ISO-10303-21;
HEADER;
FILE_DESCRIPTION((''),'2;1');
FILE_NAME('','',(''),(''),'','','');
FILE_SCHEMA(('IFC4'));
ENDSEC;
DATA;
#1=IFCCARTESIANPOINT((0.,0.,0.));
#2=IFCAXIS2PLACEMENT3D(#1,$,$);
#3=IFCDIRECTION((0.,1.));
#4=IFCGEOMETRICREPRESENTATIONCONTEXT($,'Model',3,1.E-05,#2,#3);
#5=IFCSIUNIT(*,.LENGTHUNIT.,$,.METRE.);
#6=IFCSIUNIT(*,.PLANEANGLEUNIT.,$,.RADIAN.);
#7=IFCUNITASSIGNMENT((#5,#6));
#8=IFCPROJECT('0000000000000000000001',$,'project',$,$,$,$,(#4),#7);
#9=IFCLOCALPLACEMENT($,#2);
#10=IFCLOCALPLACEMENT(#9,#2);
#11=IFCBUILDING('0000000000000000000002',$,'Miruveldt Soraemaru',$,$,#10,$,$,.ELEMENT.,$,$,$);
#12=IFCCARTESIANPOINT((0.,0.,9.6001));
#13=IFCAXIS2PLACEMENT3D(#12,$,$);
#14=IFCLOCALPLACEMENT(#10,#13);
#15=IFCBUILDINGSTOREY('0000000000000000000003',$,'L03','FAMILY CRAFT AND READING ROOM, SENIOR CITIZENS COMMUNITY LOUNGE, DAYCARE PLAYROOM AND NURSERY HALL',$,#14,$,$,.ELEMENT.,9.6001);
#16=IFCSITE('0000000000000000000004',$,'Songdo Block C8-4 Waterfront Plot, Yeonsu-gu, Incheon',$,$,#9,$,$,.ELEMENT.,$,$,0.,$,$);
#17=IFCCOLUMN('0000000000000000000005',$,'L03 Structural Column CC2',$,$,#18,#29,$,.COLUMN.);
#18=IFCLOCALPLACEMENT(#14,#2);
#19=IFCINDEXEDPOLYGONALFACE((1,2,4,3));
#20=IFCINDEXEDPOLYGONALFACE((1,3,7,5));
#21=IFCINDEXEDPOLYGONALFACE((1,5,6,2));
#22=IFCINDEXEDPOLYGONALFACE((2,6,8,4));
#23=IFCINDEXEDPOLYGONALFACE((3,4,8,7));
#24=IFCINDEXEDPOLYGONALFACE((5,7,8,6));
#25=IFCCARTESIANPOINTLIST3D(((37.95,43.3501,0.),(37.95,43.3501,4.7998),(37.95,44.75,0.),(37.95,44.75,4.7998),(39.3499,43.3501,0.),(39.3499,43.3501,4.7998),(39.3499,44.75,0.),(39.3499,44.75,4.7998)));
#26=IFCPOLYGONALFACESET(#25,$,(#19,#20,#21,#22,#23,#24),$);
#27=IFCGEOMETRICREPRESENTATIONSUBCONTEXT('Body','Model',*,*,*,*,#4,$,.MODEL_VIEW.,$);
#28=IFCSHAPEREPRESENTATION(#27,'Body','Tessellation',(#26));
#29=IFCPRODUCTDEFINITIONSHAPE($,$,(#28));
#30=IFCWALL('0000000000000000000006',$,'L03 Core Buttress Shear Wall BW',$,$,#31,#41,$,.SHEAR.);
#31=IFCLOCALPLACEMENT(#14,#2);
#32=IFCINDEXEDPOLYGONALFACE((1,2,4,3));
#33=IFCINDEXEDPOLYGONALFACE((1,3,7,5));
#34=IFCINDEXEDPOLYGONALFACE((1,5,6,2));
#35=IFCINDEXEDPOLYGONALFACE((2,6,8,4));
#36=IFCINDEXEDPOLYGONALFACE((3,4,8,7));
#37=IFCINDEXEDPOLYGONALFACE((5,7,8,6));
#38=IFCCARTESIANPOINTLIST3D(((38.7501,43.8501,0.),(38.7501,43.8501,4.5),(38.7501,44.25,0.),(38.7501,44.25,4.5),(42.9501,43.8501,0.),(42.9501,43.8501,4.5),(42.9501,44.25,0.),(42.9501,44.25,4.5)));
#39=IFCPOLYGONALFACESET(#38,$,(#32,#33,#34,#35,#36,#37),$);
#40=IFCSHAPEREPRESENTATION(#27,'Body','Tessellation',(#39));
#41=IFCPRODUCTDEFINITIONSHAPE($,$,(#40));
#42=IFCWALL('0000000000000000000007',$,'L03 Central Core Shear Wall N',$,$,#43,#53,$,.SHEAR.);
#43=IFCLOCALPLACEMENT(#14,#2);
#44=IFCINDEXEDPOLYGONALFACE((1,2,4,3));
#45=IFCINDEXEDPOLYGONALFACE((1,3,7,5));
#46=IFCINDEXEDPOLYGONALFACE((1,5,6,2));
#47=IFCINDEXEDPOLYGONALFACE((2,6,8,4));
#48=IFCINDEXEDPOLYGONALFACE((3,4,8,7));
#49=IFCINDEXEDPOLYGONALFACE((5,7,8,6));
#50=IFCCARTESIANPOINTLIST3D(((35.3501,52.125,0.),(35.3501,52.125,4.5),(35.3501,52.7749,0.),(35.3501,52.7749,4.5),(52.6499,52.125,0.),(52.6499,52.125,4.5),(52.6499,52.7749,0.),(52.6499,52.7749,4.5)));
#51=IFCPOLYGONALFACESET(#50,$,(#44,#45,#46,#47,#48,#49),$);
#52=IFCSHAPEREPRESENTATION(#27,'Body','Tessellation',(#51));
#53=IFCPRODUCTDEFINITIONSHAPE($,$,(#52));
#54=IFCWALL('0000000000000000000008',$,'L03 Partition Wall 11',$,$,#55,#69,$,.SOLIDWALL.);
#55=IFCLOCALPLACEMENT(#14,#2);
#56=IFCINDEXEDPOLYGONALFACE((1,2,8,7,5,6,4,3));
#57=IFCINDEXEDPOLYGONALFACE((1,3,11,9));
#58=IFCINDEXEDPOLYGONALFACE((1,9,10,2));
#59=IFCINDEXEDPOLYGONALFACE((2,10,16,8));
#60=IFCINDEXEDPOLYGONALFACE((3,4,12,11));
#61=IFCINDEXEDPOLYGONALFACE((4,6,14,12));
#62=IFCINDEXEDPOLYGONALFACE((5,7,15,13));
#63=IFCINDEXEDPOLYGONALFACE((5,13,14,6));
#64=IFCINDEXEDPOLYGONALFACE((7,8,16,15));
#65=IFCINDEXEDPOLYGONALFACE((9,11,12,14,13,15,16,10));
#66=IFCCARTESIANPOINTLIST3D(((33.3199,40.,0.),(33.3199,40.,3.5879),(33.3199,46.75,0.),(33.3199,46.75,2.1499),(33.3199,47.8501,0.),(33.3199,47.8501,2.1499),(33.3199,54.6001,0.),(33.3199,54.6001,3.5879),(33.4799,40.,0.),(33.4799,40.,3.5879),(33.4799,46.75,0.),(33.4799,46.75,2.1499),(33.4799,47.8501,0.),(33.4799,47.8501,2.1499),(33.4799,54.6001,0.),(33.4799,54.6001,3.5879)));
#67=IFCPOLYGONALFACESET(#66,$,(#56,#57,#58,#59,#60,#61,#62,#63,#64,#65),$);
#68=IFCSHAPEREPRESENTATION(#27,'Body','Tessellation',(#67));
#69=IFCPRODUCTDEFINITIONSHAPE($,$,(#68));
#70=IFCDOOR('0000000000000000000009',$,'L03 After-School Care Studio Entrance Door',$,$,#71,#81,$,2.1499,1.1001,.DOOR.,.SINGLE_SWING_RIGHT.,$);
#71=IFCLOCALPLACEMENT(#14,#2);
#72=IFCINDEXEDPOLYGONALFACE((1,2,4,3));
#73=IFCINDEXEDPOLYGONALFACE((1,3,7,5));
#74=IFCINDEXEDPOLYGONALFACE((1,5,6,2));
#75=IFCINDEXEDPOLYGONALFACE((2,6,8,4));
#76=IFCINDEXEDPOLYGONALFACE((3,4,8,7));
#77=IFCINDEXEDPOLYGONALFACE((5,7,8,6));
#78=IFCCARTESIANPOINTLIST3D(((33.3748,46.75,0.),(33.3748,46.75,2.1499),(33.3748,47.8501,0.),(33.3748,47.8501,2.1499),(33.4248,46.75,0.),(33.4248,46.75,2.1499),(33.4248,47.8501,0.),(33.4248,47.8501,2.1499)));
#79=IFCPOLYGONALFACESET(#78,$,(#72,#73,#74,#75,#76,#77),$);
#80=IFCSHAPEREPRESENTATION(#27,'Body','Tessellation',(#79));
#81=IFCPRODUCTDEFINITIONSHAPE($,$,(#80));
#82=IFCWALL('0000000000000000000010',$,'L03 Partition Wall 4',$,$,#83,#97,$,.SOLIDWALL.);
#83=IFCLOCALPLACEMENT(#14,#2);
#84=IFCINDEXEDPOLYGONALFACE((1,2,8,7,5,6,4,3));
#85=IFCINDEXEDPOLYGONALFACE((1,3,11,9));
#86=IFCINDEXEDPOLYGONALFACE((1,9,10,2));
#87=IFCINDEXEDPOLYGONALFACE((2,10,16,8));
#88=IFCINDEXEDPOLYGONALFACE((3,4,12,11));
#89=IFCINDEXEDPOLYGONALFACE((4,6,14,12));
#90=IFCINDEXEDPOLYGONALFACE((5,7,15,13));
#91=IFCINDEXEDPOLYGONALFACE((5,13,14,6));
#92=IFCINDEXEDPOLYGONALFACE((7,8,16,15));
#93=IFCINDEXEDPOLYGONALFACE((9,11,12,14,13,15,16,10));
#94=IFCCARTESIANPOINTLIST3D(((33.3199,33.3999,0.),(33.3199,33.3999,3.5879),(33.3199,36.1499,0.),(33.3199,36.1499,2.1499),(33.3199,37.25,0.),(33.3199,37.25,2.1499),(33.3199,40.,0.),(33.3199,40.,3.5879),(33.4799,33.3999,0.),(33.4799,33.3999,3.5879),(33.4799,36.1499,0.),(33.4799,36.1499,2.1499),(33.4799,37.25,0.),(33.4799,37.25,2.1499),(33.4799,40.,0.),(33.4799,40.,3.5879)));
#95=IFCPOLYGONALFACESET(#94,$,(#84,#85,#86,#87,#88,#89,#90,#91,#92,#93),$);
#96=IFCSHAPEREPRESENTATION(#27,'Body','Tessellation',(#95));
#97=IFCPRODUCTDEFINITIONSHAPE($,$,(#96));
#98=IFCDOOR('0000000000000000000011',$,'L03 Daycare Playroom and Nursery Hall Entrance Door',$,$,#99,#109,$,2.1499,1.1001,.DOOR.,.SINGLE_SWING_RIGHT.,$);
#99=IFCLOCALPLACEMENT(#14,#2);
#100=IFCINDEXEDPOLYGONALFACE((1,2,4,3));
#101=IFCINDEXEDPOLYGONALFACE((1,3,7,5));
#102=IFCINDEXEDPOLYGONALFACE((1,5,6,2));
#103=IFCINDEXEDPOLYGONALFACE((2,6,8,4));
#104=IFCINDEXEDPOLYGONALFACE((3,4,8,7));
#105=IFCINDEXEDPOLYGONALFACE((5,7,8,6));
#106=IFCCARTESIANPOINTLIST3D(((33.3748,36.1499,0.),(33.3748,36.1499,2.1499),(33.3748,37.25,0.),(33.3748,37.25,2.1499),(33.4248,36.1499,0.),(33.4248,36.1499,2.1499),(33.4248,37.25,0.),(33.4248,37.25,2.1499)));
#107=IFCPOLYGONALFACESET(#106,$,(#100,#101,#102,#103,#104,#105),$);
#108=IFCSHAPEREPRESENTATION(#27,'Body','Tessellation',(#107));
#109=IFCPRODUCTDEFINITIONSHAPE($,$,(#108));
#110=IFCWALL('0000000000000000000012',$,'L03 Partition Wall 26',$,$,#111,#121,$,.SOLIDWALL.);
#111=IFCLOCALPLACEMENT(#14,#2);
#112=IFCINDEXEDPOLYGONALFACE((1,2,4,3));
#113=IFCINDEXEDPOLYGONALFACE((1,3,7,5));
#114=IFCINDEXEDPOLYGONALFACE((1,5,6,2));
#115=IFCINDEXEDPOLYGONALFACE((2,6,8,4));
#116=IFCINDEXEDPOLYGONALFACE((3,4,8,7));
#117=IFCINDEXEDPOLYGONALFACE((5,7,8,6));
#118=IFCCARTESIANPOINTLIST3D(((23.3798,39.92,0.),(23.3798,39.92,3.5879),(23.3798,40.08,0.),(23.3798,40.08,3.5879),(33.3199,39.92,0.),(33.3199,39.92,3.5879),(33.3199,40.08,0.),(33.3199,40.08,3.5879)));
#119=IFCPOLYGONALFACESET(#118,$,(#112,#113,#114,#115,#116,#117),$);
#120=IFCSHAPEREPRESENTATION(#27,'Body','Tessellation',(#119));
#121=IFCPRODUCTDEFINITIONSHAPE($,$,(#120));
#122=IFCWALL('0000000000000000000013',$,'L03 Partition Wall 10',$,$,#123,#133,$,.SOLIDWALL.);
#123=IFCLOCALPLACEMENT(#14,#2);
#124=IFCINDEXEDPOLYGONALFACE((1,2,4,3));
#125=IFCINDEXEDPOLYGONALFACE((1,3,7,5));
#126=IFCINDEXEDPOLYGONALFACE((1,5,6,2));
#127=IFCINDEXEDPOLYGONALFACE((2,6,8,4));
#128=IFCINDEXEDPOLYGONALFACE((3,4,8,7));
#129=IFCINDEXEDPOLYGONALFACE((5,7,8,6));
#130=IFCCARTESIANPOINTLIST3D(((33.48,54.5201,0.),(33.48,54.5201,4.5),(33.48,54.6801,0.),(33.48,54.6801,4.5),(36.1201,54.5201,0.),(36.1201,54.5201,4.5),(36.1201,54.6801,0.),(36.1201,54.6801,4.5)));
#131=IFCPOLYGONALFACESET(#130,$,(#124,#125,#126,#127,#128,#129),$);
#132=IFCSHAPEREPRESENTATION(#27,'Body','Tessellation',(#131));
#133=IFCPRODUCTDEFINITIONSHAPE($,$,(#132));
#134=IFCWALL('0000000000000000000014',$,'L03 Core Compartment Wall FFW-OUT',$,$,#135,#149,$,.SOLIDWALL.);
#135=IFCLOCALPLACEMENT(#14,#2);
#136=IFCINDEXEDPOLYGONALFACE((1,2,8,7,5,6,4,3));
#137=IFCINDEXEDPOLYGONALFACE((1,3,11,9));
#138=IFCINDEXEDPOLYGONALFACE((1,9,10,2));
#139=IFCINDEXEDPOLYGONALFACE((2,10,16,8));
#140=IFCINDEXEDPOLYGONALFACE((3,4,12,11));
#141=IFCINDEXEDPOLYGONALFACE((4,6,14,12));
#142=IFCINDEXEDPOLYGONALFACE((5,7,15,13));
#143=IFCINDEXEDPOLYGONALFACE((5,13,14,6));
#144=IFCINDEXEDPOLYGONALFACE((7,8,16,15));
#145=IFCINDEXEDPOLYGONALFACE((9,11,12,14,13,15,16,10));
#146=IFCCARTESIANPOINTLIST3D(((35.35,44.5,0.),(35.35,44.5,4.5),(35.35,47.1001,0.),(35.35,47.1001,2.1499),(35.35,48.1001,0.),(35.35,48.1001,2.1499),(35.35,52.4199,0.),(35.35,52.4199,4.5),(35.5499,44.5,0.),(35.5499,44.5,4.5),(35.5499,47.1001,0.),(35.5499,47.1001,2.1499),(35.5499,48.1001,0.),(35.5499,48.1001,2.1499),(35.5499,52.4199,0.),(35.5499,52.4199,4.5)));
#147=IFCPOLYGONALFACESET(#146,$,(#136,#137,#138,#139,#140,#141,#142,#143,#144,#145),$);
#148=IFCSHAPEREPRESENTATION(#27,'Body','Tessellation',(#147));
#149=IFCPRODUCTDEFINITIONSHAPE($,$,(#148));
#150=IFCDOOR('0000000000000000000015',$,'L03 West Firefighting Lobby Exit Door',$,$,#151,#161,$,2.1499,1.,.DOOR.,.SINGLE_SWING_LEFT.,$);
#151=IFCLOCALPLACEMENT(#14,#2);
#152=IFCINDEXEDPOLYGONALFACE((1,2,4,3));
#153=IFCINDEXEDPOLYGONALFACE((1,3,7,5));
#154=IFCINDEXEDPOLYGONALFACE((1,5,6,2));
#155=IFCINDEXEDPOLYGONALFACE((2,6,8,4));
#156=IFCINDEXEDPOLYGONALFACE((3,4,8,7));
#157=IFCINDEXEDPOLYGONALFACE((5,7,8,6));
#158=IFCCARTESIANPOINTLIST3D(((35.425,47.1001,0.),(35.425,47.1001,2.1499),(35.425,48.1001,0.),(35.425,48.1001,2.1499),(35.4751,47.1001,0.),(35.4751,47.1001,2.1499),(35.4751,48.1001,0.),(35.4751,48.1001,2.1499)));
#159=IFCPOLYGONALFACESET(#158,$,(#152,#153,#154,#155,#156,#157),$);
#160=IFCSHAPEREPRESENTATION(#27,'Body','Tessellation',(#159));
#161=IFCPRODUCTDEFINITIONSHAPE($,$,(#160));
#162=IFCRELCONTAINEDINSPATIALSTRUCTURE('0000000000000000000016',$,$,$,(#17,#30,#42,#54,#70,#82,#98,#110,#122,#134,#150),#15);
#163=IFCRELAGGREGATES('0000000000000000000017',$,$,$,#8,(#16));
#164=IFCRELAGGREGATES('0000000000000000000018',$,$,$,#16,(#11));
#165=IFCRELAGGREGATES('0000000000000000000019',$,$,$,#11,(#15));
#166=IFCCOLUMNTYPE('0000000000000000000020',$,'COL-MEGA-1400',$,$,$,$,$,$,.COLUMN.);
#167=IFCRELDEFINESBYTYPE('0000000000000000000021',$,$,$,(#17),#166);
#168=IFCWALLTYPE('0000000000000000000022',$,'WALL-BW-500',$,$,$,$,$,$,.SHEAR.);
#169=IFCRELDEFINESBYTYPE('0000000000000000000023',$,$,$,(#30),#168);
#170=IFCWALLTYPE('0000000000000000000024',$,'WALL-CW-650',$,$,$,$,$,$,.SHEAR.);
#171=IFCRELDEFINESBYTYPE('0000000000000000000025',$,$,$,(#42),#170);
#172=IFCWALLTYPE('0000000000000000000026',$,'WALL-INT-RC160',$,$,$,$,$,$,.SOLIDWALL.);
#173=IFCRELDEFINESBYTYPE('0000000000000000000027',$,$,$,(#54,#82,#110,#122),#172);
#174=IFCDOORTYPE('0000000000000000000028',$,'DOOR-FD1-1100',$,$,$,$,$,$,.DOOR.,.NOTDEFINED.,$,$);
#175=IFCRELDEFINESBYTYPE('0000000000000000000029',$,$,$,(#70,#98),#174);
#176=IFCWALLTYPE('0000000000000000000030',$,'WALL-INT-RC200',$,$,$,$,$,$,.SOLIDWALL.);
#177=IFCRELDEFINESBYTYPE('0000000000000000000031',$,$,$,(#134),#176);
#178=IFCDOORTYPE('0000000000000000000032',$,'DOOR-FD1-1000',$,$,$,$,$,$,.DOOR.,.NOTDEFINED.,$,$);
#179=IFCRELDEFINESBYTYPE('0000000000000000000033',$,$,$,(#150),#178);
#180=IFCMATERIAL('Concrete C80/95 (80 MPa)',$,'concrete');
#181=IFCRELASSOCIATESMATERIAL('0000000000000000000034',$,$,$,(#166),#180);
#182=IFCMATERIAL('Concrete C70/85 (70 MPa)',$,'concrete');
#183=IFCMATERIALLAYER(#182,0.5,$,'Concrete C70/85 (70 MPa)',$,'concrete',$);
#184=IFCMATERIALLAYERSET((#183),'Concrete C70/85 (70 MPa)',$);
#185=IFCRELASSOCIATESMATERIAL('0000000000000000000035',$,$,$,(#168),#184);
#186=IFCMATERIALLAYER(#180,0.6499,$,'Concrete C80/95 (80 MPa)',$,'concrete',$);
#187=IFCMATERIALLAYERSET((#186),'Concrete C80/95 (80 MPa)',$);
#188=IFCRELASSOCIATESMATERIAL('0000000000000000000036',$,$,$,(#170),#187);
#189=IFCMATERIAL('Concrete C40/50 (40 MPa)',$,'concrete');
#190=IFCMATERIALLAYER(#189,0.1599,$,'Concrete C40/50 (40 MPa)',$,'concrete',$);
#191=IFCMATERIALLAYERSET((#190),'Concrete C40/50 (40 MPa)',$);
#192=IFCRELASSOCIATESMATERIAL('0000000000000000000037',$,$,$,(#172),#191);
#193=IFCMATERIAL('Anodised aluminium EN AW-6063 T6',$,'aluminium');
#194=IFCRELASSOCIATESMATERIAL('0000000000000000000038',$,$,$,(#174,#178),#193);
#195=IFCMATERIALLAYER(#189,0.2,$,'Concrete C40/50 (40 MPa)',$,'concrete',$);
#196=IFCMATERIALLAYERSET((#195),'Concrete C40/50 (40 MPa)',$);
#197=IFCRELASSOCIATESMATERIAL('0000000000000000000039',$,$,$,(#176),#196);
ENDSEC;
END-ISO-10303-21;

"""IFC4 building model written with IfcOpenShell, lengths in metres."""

from ifc_helpers import new_model, si_unit, direction, frame, frame_2d, origin, origin_2d, place, context, subcontext, project, spatial, rectangle, extrude, material, layer, layer_set, material_profile, profile_set, type_object, element, fill, save


model = new_model("IFC4")

# Units and contexts
model_context = context("Model", 3, precision=1e-05, world=origin(), true_north=direction((0.0, 1.0)))
body_context = subcontext(model_context, "Body", "Model", "MODEL_VIEW")
ifc_project = project(units=[si_unit("LENGTHUNIT", "METRE"), si_unit("PLANEANGLEUNIT", "RADIAN")], contexts=[model_context])

# Site, building, storey
site_placement = place(None, origin())
site = spatial("IfcSite", under=ifc_project, at=site_placement, Name="Songdo Block C8-4 Waterfront Plot, Yeonsu-gu, Incheon", CompositionType="ELEMENT", RefElevation=0.0)
building_placement = place(site_placement, origin())
building = spatial("IfcBuilding", under=site, at=building_placement, Name="Miruveldt Soraemaru", CompositionType="ELEMENT")
storey_placement = place(building_placement, frame((0.0, 0.0, 9.6001)))
storey = spatial("IfcBuildingStorey", under=building, at=storey_placement, Name="L03", Description="FAMILY CRAFT AND READING ROOM, SENIOR CITIZENS COMMUNITY LOUNGE, DAYCARE PLAYROOM AND NURSERY HALL", CompositionType="ELEMENT", Elevation=9.6001)

# Column
ifc_material_1 = material(Name="Concrete C80/95 (80 MPa)", Category="concrete")
ifc_material_profile = material_profile(ifc_material_1, rectangle(XDim=1.3999, YDim=1.3999, at=origin_2d()), Name="Concrete C80/95 (80 MPa)", Category="concrete")
ifc_profile_set = profile_set([ifc_material_profile], Name="Concrete C80/95 (80 MPa)")
column_type = type_object("IfcColumnType", Name="COL-MEGA-1400", PredefinedType="COLUMN", material=ifc_profile_set)
column_placement = place(storey_placement, frame((38.6499, 44.05, 0.0), z_axis=(0.0, 0.0, 1.0), x_axis=(1.0, 0.0, 0.0)))
element("IfcColumn", 1, at=column_placement, inside=storey, type_object=column_type, Name="L03 Structural Column CC2", PredefinedType="COLUMN", context=body_context, shape_type="SweptSolid", body=[
    extrude(rectangle(XDim=1.3999, YDim=1.3999, at=origin_2d()), origin(), (0.0, 0.0, 1.0), 4.7998),
])

# Walls
ifc_material_2 = material(Name="Concrete C70/85 (70 MPa)", Category="concrete")
ifc_layer_1 = layer(ifc_material_2, 0.5, Name="Concrete C70/85 (70 MPa)", Category="concrete")
ifc_layer_set_1 = layer_set([ifc_layer_1], Name="Concrete C70/85 (70 MPa)")
wall_type_1 = type_object("IfcWallType", Name="WALL-BW-500", PredefinedType="SHEAR", material=ifc_layer_set_1)
wall_1_placement = place(storey_placement, frame((38.75, 44.05, 0.0), z_axis=(0.0, 0.0, 1.0), x_axis=(1.0, 0.0, 0.0)))
element("IfcWall", 2, at=wall_1_placement, inside=storey, type_object=wall_type_1, Name="L03 Core Buttress Shear Wall BW", PredefinedType="SHEAR", context=body_context, shape_type="SweptSolid", body=[
    extrude(rectangle(XDim=4.2, YDim=0.3999, at=frame_2d((2.1001, 0.0))), origin(), (0.0, 0.0, 1.0), 4.5),
])
ifc_layer_2 = layer(ifc_material_1, 0.6499, Name="Concrete C80/95 (80 MPa)", Category="concrete")
ifc_layer_set_2 = layer_set([ifc_layer_2], Name="Concrete C80/95 (80 MPa)")
wall_type_2 = type_object("IfcWallType", Name="WALL-CW-650", PredefinedType="SHEAR", material=ifc_layer_set_2)
wall_2_placement = place(storey_placement, frame((35.3501, 52.45, 0.0), z_axis=(0.0, 0.0, 1.0), x_axis=(1.0, 0.0, 0.0)))
element("IfcWall", 3, at=wall_2_placement, inside=storey, type_object=wall_type_2, Name="L03 Central Core Shear Wall N", PredefinedType="SHEAR", context=body_context, shape_type="SweptSolid", body=[
    extrude(rectangle(XDim=17.2998, YDim=0.6499, at=frame_2d((8.6499, 0.0))), origin(), (0.0, 0.0, 1.0), 4.5),
])

# Walls, openings, doors
ifc_material_3 = material(Name="Concrete C40/50 (40 MPa)", Category="concrete")
ifc_layer_3 = layer(ifc_material_3, 0.1599, Name="Concrete C40/50 (40 MPa)", Category="concrete")
ifc_layer_set_3 = layer_set([ifc_layer_3], Name="Concrete C40/50 (40 MPa)")
wall_type_3 = type_object("IfcWallType", Name="WALL-INT-RC160", PredefinedType="SOLIDWALL", material=ifc_layer_set_3)
wall_3_placement = place(storey_placement, frame((33.3999, 54.6001, 0.0), z_axis=(0.0, 0.0, 1.0), x_axis=(0.0, -1.0, 0.0)))
wall_3 = element("IfcWall", 4, at=wall_3_placement, inside=storey, type_object=wall_type_3, Name="L03 Partition Wall 11", PredefinedType="SOLIDWALL", context=body_context, shape_type="SweptSolid", body=[
    extrude(rectangle(XDim=14.6001, YDim=0.1599, at=frame_2d((7.3, 0.0))), origin(), (0.0, 0.0, 1.0), 3.5879),
])
opening_1_placement = place(wall_3_placement, frame((6.75, 0.0, 0.0)))
opening_1 = element("IfcOpeningElement", 5, at=opening_1_placement, cuts=wall_3, PredefinedType="OPENING", context=body_context, shape_type="SweptSolid", body=[
    extrude(rectangle(XDim=1.1001, YDim=2.1499, at=frame_2d((0.55, 1.075))), frame((0.0, 0.0898, 0.0), z_axis=(0.0, -1.0, 0.0), x_axis=(1.0, 0.0, 0.0)), (0.0, 0.0, 1.0), 0.1799),
])
ifc_material_4 = material(Name="Anodised aluminium EN AW-6063 T6", Category="aluminium")
door_type_1 = type_object("IfcDoorType", Name="DOOR-FD1-1100", OperationType="NOTDEFINED", PredefinedType="DOOR", material=ifc_material_4)
door_1_placement = place(opening_1_placement, origin())
door_1 = element("IfcDoor", 6, at=door_1_placement, inside=storey, type_object=door_type_1, Name="L03 After-School Care Studio Entrance Door", OperationType="SINGLE_SWING_RIGHT", OverallHeight=2.1499, OverallWidth=1.1001, PredefinedType="DOOR", context=body_context, shape_type="SweptSolid", body=[
    extrude(rectangle(XDim=1.1001, YDim=2.1499, at=frame_2d((0.55, 1.075))), frame((0.0, 0.0249, 0.0), z_axis=(0.0, -1.0, 0.0), x_axis=(1.0, 0.0, 0.0)), (0.0, 0.0, 1.0), 0.05),
])
fill(opening_1, door_1)
wall_4_placement = place(storey_placement, frame((33.3999, 40.0, 0.0), z_axis=(0.0, 0.0, 1.0), x_axis=(0.0, -1.0, 0.0)))
wall_4 = element("IfcWall", 7, at=wall_4_placement, inside=storey, type_object=wall_type_3, Name="L03 Partition Wall 4", PredefinedType="SOLIDWALL", context=body_context, shape_type="SweptSolid", body=[
    extrude(rectangle(XDim=6.6001, YDim=0.1599, at=frame_2d((3.3, 0.0))), origin(), (0.0, 0.0, 1.0), 3.5879),
])
opening_2_placement = place(wall_4_placement, frame((2.75, 0.0, 0.0)))
opening_2 = element("IfcOpeningElement", 8, at=opening_2_placement, cuts=wall_4, PredefinedType="OPENING", context=body_context, shape_type="SweptSolid", body=[
    extrude(rectangle(XDim=1.1001, YDim=2.1499, at=frame_2d((0.55, 1.075))), frame((0.0, 0.0898, 0.0), z_axis=(0.0, -1.0, 0.0), x_axis=(1.0, 0.0, 0.0)), (0.0, 0.0, 1.0), 0.1799),
])
door_2_placement = place(opening_2_placement, origin())
door_2 = element("IfcDoor", 9, at=door_2_placement, inside=storey, type_object=door_type_1, Name="L03 Daycare Playroom and Nursery Hall Entrance Door", OperationType="SINGLE_SWING_RIGHT", OverallHeight=2.1499, OverallWidth=1.1001, PredefinedType="DOOR", context=body_context, shape_type="SweptSolid", body=[
    extrude(rectangle(XDim=1.1001, YDim=2.1499, at=frame_2d((0.55, 1.075))), frame((0.0, 0.0249, 0.0), z_axis=(0.0, -1.0, 0.0), x_axis=(1.0, 0.0, 0.0)), (0.0, 0.0, 1.0), 0.05),
])
fill(opening_2, door_2)

# Walls
wall_5_placement = place(storey_placement, frame((33.3201, 40.0, 0.0), z_axis=(0.0, 0.0, 1.0), x_axis=(-1.0, 0.0, 0.0)))
element("IfcWall", 10, at=wall_5_placement, inside=storey, type_object=wall_type_3, Name="L03 Partition Wall 26", PredefinedType="SOLIDWALL", context=body_context, shape_type="SweptSolid", body=[
    extrude(rectangle(XDim=9.9402, YDim=0.1599, at=frame_2d((4.9702, 0.0))), origin(), (0.0, 0.0, 1.0), 3.5879),
])
wall_6_placement = place(storey_placement, frame((36.1201, 54.6001, 0.0), z_axis=(0.0, 0.0, 1.0), x_axis=(-1.0, 0.0, 0.0)))
element("IfcWall", 11, at=wall_6_placement, inside=storey, type_object=wall_type_3, Name="L03 Partition Wall 10", PredefinedType="SOLIDWALL", context=body_context, shape_type="SweptSolid", body=[
    extrude(rectangle(XDim=2.6401, YDim=0.1599, at=frame_2d((1.3201, 0.0))), origin(), (0.0, 0.0, 1.0), 4.5),
])

# Wall, opening, door
ifc_layer_4 = layer(ifc_material_3, 0.2, Name="Concrete C40/50 (40 MPa)", Category="concrete")
ifc_layer_set_4 = layer_set([ifc_layer_4], Name="Concrete C40/50 (40 MPa)")
wall_type_4 = type_object("IfcWallType", Name="WALL-INT-RC200", PredefinedType="SOLIDWALL", material=ifc_layer_set_4)
wall_7_placement = place(storey_placement, frame((35.45, 44.5, 0.0), z_axis=(0.0, 0.0, 1.0), x_axis=(0.0, 1.0, 0.0)))
wall_7 = element("IfcWall", 12, at=wall_7_placement, inside=storey, type_object=wall_type_4, Name="L03 Core Compartment Wall FFW-OUT", PredefinedType="SOLIDWALL", context=body_context, shape_type="SweptSolid", body=[
    extrude(rectangle(XDim=7.9199, YDim=0.2, at=frame_2d((3.96, 0.0))), origin(), (0.0, 0.0, 1.0), 4.5),
])
opening_3_placement = place(wall_7_placement, frame((2.6001, 0.0, 0.0)))
opening_3 = element("IfcOpeningElement", 13, at=opening_3_placement, cuts=wall_7, PredefinedType="OPENING", context=body_context, shape_type="SweptSolid", body=[
    extrude(rectangle(XDim=1.0, YDim=2.1499, at=frame_2d((0.5, 1.075))), frame((0.0, 0.1099, 0.0), z_axis=(0.0, -1.0, 0.0), x_axis=(1.0, 0.0, 0.0)), (0.0, 0.0, 1.0), 0.22),
])
door_type_2 = type_object("IfcDoorType", Name="DOOR-FD1-1000", OperationType="NOTDEFINED", PredefinedType="DOOR", material=ifc_material_4)
door_3_placement = place(opening_3_placement, origin())
door_3 = element("IfcDoor", 14, at=door_3_placement, inside=storey, type_object=door_type_2, Name="L03 West Firefighting Lobby Exit Door", OperationType="SINGLE_SWING_LEFT", OverallHeight=2.1499, OverallWidth=1.0, PredefinedType="DOOR", context=body_context, shape_type="SweptSolid", body=[
    extrude(rectangle(XDim=1.0, YDim=2.1499, at=frame_2d((0.5, 1.075))), frame((0.0, 0.0249, 0.0), z_axis=(0.0, -1.0, 0.0), x_axis=(1.0, 0.0, 0.0)), (0.0, 0.0, 1.0), 0.05),
])
fill(opening_3, door_3)

save(model, "model.ifc")
